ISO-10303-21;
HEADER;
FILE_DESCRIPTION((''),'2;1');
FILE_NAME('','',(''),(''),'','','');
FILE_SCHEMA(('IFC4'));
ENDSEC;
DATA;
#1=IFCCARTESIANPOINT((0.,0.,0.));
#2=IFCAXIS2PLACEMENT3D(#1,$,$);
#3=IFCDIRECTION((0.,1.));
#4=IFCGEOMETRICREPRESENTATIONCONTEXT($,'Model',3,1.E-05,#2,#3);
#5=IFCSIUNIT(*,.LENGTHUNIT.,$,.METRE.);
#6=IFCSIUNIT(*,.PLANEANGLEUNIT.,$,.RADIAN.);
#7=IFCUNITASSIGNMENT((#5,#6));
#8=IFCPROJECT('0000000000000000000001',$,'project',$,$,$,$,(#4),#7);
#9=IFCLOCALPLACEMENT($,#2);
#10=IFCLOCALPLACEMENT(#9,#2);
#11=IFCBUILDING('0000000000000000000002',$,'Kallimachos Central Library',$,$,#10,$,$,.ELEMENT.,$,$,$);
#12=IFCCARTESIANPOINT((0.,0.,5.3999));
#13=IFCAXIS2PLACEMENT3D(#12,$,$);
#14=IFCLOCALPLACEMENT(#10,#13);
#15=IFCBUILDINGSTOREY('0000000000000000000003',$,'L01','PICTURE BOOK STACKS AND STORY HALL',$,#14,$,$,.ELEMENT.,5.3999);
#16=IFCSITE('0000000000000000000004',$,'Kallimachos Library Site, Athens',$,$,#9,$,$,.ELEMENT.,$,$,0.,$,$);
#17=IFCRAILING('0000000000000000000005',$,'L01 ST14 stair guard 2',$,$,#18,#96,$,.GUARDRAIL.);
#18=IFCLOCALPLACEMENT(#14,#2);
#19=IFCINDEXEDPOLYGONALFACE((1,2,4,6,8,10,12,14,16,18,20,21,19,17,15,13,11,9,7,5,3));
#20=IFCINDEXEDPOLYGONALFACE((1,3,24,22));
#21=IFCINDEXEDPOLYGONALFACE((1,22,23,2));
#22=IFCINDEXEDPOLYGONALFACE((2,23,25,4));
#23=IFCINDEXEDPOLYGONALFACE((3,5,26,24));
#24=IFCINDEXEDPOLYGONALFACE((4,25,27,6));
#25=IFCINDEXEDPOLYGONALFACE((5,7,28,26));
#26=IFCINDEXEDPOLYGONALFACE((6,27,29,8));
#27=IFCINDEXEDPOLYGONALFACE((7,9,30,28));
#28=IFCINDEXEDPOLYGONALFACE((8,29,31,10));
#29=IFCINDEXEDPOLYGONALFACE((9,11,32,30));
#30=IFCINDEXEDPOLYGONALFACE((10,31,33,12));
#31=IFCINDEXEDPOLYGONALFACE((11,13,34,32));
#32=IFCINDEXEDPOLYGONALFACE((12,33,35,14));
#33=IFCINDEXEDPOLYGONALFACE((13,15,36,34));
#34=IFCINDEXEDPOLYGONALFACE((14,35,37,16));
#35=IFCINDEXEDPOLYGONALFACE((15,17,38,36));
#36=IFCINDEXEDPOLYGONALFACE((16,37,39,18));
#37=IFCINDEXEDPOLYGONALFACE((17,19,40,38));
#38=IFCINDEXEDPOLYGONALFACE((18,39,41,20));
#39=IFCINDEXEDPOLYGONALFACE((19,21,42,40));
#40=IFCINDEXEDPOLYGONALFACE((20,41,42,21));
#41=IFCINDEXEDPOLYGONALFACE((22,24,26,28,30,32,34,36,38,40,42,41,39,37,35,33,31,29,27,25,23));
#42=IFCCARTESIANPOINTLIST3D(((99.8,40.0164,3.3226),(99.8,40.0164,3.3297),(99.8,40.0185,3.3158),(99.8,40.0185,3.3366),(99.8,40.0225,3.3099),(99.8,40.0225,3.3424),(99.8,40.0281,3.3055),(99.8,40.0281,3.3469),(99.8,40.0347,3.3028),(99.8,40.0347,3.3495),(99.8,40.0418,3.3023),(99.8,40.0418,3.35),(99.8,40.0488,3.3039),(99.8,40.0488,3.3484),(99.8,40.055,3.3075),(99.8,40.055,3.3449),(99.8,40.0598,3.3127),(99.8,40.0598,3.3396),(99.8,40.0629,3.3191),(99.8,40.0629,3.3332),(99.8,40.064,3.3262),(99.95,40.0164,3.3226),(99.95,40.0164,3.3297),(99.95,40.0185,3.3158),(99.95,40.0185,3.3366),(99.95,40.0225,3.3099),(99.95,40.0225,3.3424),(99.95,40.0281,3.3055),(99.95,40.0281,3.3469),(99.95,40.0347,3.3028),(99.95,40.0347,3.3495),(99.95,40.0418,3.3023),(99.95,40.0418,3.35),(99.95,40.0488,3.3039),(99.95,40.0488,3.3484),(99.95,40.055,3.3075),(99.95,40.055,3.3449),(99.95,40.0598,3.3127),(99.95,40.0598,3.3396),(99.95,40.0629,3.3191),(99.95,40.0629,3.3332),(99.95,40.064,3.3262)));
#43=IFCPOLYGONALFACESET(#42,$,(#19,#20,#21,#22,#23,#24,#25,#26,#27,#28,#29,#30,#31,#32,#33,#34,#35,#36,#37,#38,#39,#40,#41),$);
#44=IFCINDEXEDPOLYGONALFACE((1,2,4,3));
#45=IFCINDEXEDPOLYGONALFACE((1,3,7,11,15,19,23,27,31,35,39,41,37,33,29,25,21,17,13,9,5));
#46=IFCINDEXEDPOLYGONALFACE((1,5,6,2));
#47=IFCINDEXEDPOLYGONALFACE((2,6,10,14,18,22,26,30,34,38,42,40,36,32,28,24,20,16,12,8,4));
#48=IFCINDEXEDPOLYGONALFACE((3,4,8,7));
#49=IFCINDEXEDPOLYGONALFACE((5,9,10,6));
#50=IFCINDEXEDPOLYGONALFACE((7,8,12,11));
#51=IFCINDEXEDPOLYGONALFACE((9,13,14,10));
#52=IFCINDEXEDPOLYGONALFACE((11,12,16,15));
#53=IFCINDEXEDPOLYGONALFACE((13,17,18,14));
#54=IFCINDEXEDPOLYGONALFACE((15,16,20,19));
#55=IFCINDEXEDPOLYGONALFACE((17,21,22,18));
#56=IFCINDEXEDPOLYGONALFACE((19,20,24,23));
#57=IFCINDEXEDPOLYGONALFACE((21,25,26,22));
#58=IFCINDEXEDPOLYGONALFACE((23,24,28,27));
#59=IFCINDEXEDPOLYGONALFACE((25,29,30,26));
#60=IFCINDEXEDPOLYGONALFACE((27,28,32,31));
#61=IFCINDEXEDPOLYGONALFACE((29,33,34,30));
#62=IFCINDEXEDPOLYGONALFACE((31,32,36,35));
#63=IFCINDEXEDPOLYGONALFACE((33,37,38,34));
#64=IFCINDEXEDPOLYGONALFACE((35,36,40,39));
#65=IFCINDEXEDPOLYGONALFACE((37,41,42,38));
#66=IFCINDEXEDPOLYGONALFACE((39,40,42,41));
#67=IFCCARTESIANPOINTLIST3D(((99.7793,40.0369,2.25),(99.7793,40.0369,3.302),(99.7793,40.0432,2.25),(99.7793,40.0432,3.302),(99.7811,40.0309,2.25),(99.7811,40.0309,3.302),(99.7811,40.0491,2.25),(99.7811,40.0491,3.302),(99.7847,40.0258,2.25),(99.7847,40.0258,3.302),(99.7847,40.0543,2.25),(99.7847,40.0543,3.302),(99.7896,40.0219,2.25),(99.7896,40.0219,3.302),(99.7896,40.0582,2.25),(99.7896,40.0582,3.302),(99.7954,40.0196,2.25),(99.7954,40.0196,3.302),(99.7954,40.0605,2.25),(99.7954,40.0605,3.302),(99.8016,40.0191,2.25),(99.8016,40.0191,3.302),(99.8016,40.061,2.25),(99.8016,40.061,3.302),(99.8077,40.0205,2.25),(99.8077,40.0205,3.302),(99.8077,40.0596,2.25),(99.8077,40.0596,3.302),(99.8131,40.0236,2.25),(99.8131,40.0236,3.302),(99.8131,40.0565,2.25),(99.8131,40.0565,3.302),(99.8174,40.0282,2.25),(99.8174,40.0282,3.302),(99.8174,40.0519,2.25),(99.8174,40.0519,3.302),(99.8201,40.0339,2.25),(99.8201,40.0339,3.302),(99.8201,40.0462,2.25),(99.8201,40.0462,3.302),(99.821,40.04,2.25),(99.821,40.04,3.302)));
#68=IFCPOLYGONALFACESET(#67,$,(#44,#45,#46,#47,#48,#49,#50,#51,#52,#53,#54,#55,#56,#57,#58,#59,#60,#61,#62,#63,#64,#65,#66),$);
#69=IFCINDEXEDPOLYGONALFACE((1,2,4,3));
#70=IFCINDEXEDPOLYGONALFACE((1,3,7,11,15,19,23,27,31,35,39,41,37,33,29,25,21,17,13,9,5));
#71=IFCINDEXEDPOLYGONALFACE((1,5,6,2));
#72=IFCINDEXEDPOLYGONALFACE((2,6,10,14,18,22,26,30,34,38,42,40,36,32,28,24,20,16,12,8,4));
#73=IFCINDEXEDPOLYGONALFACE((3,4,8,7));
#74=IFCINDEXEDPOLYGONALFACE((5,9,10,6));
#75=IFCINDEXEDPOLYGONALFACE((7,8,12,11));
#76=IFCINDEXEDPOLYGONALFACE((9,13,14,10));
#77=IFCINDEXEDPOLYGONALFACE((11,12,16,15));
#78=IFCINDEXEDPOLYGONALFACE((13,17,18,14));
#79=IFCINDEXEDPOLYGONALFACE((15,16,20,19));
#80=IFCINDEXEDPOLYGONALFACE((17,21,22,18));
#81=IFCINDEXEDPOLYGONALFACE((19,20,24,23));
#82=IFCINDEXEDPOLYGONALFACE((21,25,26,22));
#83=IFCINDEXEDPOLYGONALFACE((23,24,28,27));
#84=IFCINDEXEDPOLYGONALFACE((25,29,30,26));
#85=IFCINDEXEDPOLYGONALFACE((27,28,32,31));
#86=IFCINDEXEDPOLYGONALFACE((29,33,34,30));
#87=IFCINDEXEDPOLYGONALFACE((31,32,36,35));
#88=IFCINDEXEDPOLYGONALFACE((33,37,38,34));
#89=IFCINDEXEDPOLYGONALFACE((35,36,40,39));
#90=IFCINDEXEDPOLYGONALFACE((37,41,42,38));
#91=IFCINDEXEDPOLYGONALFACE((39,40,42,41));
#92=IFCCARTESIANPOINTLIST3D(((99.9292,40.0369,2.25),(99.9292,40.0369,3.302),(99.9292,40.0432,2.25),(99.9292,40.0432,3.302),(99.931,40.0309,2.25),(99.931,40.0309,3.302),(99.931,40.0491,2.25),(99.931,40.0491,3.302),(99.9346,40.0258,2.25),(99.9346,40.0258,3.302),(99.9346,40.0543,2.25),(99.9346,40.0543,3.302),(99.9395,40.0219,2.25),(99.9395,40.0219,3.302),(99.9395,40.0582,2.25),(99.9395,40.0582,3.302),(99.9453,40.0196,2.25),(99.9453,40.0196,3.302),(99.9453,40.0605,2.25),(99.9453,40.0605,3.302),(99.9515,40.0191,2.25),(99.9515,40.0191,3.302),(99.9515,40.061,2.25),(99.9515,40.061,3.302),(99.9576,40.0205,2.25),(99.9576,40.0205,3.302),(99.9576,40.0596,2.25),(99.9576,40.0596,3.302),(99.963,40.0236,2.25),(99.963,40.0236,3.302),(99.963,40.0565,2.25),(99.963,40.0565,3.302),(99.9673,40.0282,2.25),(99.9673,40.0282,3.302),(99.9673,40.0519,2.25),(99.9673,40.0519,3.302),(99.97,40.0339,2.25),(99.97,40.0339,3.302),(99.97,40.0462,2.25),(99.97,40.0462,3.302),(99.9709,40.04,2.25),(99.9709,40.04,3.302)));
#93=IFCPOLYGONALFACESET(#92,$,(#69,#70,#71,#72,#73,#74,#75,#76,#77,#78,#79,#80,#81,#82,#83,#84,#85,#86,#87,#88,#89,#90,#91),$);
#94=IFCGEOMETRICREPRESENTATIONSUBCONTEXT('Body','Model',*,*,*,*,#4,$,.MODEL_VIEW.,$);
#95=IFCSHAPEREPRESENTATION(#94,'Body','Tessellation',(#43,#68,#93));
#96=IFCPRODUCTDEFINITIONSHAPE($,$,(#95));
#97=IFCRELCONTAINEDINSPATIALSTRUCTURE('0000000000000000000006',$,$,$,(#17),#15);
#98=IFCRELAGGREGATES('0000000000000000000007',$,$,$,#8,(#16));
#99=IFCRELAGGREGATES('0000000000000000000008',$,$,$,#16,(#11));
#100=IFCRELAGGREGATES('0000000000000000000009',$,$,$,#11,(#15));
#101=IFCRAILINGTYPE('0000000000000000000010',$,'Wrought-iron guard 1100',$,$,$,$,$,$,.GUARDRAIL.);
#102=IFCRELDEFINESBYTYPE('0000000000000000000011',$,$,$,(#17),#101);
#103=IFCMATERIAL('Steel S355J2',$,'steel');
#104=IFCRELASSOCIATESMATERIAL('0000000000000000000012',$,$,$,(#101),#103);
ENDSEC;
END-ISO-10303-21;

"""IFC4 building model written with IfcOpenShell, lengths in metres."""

from ifc_helpers import new_model, si_unit, direction, frame, origin, origin_2d, place, context, subcontext, project, spatial, circle, extrude, material, type_object, element, save


model = new_model("IFC4")

# Units and contexts
model_context = context("Model", 3, precision=1e-05, world=origin(), true_north=direction((0.0, 1.0)))
body_context = subcontext(model_context, "Body", "Model", "MODEL_VIEW")
ifc_project = project(units=[si_unit("LENGTHUNIT", "METRE"), si_unit("PLANEANGLEUNIT", "RADIAN")], contexts=[model_context])

# Site, building, storey
site_placement = place(None, origin())
site = spatial("IfcSite", under=ifc_project, at=site_placement, Name="Kallimachos Library Site, Athens", CompositionType="ELEMENT", RefElevation=0.0)
building_placement = place(site_placement, origin())
building = spatial("IfcBuilding", under=site, at=building_placement, Name="Kallimachos Central Library", CompositionType="ELEMENT")
storey_placement = place(building_placement, frame((0.0, 0.0, 5.3999)))
storey = spatial("IfcBuildingStorey", under=building, at=storey_placement, Name="L01", Description="PICTURE BOOK STACKS AND STORY HALL", CompositionType="ELEMENT", Elevation=5.3999)

# Railing
ifc_material_1 = material(Name="Steel S355J2", Category="steel")
railing_type_1 = type_object("IfcRailingType", Name="Wrought-iron guard 1100", PredefinedType="GUARDRAIL", material=ifc_material_1)
railing_1_placement = place(storey_placement, frame((99.8, 40.04, 2.25)))
element("IfcRailing", 1, at=railing_1_placement, inside=storey, type_object=railing_type_1, Name="L01 ST14 stair guard 2", PredefinedType="GUARDRAIL", context=body_context, shape_type="SweptSolid", body=[
    extrude(circle(Radius=0.0239, at=origin_2d()), frame((0.0, 0.0, 1.0762), z_axis=(1.0, 0.0, 0.0), x_axis=(0.0, 1.0, 0.0)), (0.0, 0.0, 1.0), 0.1499),
    extrude(circle(Radius=0.021, at=origin_2d()), origin(), (0.0, 0.0, 1.0), 1.052),
    extrude(circle(Radius=0.021, at=origin_2d()), frame((0.1499, 0.0, 0.0)), (0.0, 0.0, 1.0), 1.052),
])

save(model, "model.ifc")
